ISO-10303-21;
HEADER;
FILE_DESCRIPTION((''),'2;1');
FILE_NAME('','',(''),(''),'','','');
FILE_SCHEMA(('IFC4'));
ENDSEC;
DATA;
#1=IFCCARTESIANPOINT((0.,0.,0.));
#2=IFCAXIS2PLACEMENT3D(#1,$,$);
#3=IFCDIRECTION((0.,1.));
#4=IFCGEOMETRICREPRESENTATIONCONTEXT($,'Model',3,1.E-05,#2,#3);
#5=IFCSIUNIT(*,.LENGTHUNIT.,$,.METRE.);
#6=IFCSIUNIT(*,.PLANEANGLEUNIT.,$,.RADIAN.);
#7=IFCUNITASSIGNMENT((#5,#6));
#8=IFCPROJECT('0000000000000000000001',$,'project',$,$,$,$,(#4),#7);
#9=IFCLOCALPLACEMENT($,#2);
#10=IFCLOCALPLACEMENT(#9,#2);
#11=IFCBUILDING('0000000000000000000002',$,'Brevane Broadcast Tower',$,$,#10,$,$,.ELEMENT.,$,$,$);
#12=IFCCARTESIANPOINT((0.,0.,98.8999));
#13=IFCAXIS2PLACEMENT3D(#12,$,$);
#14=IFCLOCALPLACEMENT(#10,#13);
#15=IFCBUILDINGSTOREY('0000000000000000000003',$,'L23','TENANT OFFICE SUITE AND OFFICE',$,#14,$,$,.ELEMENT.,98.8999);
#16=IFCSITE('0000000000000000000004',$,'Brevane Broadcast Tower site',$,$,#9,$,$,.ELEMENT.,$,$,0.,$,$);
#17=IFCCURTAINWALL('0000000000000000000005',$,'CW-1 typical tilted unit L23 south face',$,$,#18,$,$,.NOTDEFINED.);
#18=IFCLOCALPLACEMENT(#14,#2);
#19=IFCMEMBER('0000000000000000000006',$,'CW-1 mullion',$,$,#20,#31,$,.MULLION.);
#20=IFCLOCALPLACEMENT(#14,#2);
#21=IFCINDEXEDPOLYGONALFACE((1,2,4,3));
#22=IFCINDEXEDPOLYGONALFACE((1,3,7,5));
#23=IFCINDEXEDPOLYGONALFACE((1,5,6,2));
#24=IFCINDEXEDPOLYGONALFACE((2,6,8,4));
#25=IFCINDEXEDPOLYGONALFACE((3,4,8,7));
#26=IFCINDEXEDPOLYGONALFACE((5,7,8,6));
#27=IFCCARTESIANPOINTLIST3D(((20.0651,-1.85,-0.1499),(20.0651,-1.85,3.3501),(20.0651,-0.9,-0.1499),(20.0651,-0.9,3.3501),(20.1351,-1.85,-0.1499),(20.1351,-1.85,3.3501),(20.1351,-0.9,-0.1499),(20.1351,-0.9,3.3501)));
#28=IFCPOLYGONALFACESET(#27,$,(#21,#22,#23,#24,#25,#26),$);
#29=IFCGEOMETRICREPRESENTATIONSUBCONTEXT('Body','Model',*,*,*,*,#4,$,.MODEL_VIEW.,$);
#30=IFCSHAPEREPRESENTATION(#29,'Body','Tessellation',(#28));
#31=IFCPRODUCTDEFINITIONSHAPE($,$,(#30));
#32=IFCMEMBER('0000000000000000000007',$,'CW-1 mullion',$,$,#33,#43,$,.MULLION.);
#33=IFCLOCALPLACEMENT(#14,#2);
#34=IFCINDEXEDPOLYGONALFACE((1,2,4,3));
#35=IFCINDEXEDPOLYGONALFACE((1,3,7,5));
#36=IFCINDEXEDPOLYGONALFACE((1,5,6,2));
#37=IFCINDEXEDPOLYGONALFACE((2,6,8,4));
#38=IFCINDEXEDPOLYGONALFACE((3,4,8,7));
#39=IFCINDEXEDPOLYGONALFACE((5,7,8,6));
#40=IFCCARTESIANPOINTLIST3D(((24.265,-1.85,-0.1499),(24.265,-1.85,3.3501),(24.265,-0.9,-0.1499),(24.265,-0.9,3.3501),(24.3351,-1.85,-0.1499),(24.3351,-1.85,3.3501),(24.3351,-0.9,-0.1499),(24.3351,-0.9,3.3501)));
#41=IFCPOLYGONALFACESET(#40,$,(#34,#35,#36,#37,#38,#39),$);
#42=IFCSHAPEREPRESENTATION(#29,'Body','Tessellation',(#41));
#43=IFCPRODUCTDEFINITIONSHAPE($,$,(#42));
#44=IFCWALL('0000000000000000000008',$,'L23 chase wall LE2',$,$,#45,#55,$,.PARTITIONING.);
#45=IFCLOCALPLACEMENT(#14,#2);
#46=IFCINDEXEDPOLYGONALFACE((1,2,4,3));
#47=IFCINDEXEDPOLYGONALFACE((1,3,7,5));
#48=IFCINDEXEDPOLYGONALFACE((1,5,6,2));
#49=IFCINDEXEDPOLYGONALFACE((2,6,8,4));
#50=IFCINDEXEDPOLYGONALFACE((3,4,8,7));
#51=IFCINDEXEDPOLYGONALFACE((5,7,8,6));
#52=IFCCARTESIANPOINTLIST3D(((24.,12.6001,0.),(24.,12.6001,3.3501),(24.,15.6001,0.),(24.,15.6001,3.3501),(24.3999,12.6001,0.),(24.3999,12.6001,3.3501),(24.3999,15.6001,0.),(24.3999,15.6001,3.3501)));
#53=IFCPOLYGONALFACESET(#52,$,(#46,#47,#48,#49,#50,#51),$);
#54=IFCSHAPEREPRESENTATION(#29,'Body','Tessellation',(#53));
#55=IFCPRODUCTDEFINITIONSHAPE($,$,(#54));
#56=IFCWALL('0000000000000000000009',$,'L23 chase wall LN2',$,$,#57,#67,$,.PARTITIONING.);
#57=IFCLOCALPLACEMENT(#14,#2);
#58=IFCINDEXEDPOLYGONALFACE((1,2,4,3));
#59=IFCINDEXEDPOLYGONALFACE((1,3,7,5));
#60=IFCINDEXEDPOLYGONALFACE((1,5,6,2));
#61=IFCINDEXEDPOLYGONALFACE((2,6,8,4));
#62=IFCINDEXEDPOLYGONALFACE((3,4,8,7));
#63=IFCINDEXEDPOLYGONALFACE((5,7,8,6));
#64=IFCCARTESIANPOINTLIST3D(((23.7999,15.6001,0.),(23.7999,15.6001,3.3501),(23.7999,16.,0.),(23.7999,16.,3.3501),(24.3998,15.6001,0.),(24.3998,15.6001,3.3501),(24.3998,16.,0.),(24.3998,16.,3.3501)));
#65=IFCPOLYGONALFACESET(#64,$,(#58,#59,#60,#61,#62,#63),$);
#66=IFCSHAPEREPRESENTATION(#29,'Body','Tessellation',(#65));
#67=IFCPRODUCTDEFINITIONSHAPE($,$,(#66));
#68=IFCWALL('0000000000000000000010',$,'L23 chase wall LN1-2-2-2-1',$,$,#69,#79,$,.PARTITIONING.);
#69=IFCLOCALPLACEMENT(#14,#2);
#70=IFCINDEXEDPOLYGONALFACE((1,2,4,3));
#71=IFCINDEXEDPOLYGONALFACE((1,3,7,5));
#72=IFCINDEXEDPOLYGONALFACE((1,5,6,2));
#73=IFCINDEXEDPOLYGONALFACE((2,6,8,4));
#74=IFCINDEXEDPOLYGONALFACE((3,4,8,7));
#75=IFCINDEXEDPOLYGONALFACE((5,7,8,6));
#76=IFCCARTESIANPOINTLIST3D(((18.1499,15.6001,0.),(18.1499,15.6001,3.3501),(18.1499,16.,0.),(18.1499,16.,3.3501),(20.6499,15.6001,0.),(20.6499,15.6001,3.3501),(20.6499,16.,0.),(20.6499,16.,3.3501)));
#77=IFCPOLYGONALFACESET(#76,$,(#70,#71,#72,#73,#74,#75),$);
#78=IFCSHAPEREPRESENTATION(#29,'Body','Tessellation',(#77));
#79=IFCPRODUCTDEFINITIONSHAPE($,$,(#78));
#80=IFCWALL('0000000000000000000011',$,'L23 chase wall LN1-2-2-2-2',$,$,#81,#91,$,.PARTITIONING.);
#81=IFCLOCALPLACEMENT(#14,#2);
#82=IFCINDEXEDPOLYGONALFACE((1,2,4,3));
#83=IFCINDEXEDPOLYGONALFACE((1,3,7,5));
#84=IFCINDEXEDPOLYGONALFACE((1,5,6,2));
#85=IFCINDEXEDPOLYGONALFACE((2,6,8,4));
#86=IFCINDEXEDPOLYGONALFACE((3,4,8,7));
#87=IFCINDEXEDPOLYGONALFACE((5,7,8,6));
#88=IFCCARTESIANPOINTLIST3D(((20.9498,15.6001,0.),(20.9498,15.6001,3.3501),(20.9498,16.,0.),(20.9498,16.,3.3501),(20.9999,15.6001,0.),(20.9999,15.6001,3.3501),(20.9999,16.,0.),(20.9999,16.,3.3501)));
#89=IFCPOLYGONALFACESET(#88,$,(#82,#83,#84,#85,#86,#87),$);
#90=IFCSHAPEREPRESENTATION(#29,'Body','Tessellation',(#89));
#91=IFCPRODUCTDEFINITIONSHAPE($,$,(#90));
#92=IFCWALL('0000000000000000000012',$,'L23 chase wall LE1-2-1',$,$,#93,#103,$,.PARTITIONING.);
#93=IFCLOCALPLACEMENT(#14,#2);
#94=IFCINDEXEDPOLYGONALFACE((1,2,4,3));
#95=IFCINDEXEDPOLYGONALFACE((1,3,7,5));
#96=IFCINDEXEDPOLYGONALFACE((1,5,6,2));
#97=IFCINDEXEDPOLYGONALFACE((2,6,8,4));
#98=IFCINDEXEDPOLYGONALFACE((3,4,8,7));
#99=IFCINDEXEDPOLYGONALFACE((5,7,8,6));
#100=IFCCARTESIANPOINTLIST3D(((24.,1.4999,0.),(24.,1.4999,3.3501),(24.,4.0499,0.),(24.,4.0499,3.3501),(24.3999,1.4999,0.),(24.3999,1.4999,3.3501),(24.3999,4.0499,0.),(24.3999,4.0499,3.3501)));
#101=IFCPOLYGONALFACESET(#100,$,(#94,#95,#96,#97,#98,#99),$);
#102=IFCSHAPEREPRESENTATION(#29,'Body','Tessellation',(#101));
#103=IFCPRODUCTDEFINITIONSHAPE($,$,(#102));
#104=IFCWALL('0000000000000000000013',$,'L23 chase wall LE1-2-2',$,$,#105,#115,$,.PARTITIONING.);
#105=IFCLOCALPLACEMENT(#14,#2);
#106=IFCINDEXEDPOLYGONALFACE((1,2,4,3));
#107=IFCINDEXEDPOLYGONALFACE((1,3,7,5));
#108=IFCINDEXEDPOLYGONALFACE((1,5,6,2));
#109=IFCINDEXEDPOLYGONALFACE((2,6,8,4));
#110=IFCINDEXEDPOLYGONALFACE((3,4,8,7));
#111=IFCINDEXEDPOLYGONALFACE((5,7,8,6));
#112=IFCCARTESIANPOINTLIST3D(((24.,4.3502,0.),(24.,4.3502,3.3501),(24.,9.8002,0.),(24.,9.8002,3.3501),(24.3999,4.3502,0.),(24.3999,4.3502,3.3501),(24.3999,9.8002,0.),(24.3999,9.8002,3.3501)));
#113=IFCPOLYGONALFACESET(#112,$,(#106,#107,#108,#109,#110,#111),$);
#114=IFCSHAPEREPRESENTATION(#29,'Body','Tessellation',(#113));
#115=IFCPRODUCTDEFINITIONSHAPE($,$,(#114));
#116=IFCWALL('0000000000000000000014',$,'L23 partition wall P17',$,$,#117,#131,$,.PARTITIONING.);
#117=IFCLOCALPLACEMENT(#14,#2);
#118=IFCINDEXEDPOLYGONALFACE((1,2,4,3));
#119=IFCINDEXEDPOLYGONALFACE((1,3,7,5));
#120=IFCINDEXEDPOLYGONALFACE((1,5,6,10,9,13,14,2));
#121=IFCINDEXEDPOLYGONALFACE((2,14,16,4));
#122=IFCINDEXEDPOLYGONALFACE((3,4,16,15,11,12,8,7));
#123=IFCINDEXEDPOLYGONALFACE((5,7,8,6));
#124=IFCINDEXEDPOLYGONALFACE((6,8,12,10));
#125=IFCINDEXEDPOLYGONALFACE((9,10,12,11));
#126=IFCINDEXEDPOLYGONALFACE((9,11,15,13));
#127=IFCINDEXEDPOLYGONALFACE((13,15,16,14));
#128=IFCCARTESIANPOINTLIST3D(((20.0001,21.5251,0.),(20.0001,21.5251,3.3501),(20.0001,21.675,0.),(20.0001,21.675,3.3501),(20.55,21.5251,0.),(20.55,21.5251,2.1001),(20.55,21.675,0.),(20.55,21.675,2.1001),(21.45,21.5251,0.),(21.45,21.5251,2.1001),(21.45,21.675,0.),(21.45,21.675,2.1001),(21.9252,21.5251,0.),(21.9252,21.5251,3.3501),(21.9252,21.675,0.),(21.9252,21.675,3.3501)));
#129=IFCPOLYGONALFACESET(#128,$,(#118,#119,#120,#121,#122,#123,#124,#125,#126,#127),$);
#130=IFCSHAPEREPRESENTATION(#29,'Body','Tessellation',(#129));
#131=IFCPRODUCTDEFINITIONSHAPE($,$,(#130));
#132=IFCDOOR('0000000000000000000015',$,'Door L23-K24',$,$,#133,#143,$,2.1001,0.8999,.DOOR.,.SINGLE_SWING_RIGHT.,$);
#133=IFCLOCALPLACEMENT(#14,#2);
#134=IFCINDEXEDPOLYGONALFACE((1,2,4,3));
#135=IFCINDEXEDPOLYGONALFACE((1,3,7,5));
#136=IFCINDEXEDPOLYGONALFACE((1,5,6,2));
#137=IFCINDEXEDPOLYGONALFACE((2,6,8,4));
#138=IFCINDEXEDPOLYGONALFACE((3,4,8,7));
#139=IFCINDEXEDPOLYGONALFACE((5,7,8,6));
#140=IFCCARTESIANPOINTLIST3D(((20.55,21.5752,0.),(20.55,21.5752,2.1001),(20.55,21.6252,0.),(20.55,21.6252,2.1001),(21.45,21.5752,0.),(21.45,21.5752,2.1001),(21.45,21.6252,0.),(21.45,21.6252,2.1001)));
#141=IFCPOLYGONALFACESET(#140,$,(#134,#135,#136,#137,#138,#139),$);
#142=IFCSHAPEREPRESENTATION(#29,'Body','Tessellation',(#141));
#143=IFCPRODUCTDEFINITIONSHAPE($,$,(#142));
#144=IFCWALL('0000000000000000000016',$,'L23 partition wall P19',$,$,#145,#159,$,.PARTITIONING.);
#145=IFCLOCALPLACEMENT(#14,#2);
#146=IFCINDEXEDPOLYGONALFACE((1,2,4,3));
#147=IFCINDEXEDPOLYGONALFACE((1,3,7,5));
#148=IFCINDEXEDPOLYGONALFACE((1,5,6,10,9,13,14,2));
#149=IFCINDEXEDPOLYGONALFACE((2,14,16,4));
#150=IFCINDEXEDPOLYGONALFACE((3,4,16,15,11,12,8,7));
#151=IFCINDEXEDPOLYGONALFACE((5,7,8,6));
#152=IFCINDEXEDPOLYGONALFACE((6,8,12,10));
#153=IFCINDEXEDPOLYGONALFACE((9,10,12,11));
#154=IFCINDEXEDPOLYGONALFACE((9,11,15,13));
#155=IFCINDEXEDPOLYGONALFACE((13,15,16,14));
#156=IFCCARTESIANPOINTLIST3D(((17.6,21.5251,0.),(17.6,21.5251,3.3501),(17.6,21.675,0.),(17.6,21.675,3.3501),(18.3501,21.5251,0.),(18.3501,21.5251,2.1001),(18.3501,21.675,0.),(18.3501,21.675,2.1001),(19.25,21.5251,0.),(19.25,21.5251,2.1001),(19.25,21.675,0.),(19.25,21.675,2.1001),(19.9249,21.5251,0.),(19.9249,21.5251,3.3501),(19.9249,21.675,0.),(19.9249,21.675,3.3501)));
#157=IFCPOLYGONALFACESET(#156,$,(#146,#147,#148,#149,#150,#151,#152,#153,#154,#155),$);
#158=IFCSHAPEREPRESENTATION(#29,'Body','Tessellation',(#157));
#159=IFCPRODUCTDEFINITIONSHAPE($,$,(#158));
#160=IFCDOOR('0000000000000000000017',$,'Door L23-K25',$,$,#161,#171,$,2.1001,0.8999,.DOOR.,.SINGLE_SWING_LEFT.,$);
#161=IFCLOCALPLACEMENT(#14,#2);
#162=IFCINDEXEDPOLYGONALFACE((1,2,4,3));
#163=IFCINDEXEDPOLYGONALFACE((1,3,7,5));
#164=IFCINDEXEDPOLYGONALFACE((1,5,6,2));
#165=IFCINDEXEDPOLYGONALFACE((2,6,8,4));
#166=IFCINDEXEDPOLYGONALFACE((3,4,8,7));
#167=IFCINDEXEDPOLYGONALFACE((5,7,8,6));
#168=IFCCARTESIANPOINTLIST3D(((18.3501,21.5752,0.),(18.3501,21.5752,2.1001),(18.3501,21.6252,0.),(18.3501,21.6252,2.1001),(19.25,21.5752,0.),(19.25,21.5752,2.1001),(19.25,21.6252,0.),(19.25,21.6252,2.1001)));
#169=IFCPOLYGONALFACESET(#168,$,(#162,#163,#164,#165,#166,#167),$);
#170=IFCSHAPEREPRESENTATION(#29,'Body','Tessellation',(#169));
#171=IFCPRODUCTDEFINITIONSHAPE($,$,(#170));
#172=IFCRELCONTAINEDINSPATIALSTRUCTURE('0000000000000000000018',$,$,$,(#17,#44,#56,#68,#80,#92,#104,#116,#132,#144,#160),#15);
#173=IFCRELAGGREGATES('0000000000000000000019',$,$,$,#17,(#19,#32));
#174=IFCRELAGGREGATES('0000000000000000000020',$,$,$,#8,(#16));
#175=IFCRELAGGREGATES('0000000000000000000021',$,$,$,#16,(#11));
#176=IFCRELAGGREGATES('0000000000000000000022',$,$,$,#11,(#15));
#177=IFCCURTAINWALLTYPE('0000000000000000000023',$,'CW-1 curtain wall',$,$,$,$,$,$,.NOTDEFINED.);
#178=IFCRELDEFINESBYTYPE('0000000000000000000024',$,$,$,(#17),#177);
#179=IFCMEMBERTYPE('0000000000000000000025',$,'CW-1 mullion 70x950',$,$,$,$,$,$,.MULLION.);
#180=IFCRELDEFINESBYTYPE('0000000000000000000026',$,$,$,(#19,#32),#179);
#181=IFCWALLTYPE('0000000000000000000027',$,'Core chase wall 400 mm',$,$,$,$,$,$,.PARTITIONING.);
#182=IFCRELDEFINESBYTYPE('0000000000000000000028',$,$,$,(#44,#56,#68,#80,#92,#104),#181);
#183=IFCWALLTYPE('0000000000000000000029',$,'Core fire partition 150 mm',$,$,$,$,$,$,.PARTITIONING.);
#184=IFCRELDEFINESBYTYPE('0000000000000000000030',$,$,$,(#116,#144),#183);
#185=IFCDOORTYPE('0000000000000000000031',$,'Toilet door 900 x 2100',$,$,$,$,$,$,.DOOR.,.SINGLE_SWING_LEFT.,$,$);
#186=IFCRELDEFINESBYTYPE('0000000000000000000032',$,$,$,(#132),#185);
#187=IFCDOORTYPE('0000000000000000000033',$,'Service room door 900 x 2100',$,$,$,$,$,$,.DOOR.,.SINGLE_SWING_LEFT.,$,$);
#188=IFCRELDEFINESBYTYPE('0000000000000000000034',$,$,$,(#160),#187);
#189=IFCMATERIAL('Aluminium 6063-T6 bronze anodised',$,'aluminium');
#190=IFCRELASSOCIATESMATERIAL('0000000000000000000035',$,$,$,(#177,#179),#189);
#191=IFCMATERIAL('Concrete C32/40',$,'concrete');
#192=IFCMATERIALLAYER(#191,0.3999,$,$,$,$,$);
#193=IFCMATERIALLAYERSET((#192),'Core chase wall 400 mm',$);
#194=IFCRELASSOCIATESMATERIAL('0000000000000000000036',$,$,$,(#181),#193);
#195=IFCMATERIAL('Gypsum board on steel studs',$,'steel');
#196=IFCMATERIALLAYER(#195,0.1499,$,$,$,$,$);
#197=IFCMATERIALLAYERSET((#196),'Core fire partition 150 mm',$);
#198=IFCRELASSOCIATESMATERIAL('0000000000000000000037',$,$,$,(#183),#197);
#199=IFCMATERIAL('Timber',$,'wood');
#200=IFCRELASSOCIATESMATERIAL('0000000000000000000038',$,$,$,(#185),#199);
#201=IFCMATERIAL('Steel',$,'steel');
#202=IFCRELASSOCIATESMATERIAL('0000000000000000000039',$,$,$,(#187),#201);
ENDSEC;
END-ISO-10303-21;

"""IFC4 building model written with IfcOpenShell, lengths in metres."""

from ifc_helpers import new_model, si_unit, direction, frame, frame_2d, origin, origin_2d, place, context, subcontext, project, spatial, rectangle, extrude, material, layer, layer_set, material_profile, profile_set, type_object, element, fill, aggregate, save


model = new_model("IFC4")

# Units and contexts
model_context = context("Model", 3, precision=1e-05, world=origin(), true_north=direction((0.0, 1.0)))
body_context = subcontext(model_context, "Body", "Model", "MODEL_VIEW")
ifc_project = project(units=[si_unit("LENGTHUNIT", "METRE"), si_unit("PLANEANGLEUNIT", "RADIAN")], contexts=[model_context])

# Site, building, storey
site_placement = place(None, origin())
site = spatial("IfcSite", under=ifc_project, at=site_placement, Name="Brevane Broadcast Tower site", CompositionType="ELEMENT", RefElevation=0.0)
building_placement = place(site_placement, origin())
building = spatial("IfcBuilding", under=site, at=building_placement, Name="Brevane Broadcast Tower", CompositionType="ELEMENT")
storey_placement = place(building_placement, frame((0.0, 0.0, 98.8999)))
storey = spatial("IfcBuildingStorey", under=building, at=storey_placement, Name="L23", Description="TENANT OFFICE SUITE AND OFFICE", CompositionType="ELEMENT", Elevation=98.8999)

# Curtain wall, members
ifc_material_1 = material(Name="Aluminium 6063-T6 bronze anodised", Category="aluminium")
curtain_wall_type = type_object("IfcCurtainWallType", Name="CW-1 curtain wall", PredefinedType="NOTDEFINED", material=ifc_material_1)
curtain_wall_placement = place(storey_placement, origin())
curtain_wall = element("IfcCurtainWall", 1, at=curtain_wall_placement, inside=storey, type_object=curtain_wall_type, Name="CW-1 typical tilted unit L23 south face", PredefinedType="NOTDEFINED")
ifc_material_profile = material_profile(ifc_material_1, rectangle(XDim=0.95, YDim=0.0701, at=origin_2d()), Name="RECT 70x950")
ifc_profile_set = profile_set([ifc_material_profile], Name="Aluminium 6063-T6 bronze anodised")
member_type = type_object("IfcMemberType", Name="CW-1 mullion 70x950", PredefinedType="MULLION", material=ifc_profile_set)
member_1_placement = place(storey_placement, frame((20.1001, -1.375, -0.1499), z_axis=(0.0, 0.0, 1.0), x_axis=(0.0, 1.0, 0.0)))
member_1 = element("IfcMember", 2, at=member_1_placement, type_object=member_type, Name="CW-1 mullion", PredefinedType="MULLION", context=body_context, shape_type="SweptSolid", body=[
    extrude(rectangle(XDim=0.95, YDim=0.0701, at=origin_2d()), origin(), (0.0, 0.0, 1.0), 3.5),
])
member_2_placement = place(storey_placement, frame((24.3, -1.375, -0.1499), z_axis=(0.0, 0.0, 1.0), x_axis=(0.0, 1.0, 0.0)))
member_2 = element("IfcMember", 3, at=member_2_placement, type_object=member_type, Name="CW-1 mullion", PredefinedType="MULLION", context=body_context, shape_type="SweptSolid", body=[
    extrude(rectangle(XDim=0.95, YDim=0.0701, at=origin_2d()), origin(), (0.0, 0.0, 1.0), 3.5),
])
aggregate(curtain_wall, [member_1, member_2])

# Walls
ifc_material_2 = material(Name="Concrete C32/40", Category="concrete")
ifc_layer_1 = layer(ifc_material_2, 0.3999)
ifc_layer_set_1 = layer_set([ifc_layer_1], Name="Core chase wall 400 mm")
wall_type_1 = type_object("IfcWallType", Name="Core chase wall 400 mm", PredefinedType="PARTITIONING", material=ifc_layer_set_1)
wall_1_placement = place(storey_placement, frame((24.2, 12.6001, 0.0), z_axis=(0.0, 0.0, 1.0), x_axis=(0.0, 1.0, 0.0)))
element("IfcWall", 4, at=wall_1_placement, inside=storey, type_object=wall_type_1, Name="L23 chase wall LE2", PredefinedType="PARTITIONING", context=body_context, shape_type="SweptSolid", body=[
    extrude(rectangle(XDim=3.0, YDim=0.3999, at=frame_2d((1.5, 0.0))), origin(), (0.0, 0.0, 1.0), 3.3501),
])
wall_2_placement = place(storey_placement, frame((23.8, 15.8, 0.0), z_axis=(0.0, 0.0, 1.0), x_axis=(1.0, 0.0, 0.0)))
element("IfcWall", 5, at=wall_2_placement, inside=storey, type_object=wall_type_1, Name="L23 chase wall LN2", PredefinedType="PARTITIONING", context=body_context, shape_type="SweptSolid", body=[
    extrude(rectangle(XDim=0.5999, YDim=0.3999, at=frame_2d((0.2998, 0.0))), origin(), (0.0, 0.0, 1.0), 3.3501),
])
wall_3_placement = place(storey_placement, frame((18.1499, 15.8, 0.0), z_axis=(0.0, 0.0, 1.0), x_axis=(1.0, 0.0, 0.0)))
element("IfcWall", 6, at=wall_3_placement, inside=storey, type_object=wall_type_1, Name="L23 chase wall LN1-2-2-2-1", PredefinedType="PARTITIONING", context=body_context, shape_type="SweptSolid", body=[
    extrude(rectangle(XDim=2.5, YDim=0.3999, at=frame_2d((1.25, 0.0))), origin(), (0.0, 0.0, 1.0), 3.3501),
])
wall_4_placement = place(storey_placement, frame((20.95, 15.8, 0.0), z_axis=(0.0, 0.0, 1.0), x_axis=(1.0, 0.0, 0.0)))
element("IfcWall", 7, at=wall_4_placement, inside=storey, type_object=wall_type_1, Name="L23 chase wall LN1-2-2-2-2", PredefinedType="PARTITIONING", context=body_context, shape_type="SweptSolid", body=[
    extrude(rectangle(XDim=0.05, YDim=0.3999, at=frame_2d((0.0249, 0.0))), origin(), (0.0, 0.0, 1.0), 3.3501),
])
wall_5_placement = place(storey_placement, frame((24.2, 1.5, 0.0), z_axis=(0.0, 0.0, 1.0), x_axis=(0.0, 1.0, 0.0)))
element("IfcWall", 8, at=wall_5_placement, inside=storey, type_object=wall_type_1, Name="L23 chase wall LE1-2-1", PredefinedType="PARTITIONING", context=body_context, shape_type="SweptSolid", body=[
    extrude(rectangle(XDim=2.55, YDim=0.3999, at=frame_2d((1.2749, 0.0))), origin(), (0.0, 0.0, 1.0), 3.3501),
])
wall_6_placement = place(storey_placement, frame((24.2, 4.3501, 0.0), z_axis=(0.0, 0.0, 1.0), x_axis=(0.0, 1.0, 0.0)))
element("IfcWall", 9, at=wall_6_placement, inside=storey, type_object=wall_type_1, Name="L23 chase wall LE1-2-2", PredefinedType="PARTITIONING", context=body_context, shape_type="SweptSolid", body=[
    extrude(rectangle(XDim=5.45, YDim=0.3999, at=frame_2d((2.7251, 0.0))), origin(), (0.0, 0.0, 1.0), 3.3501),
])

# Walls, openings, doors
ifc_material_3 = material(Name="Gypsum board on steel studs", Category="steel")
ifc_layer_2 = layer(ifc_material_3, 0.1499)
ifc_layer_set_2 = layer_set([ifc_layer_2], Name="Core fire partition 150 mm")
wall_type_2 = type_object("IfcWallType", Name="Core fire partition 150 mm", PredefinedType="PARTITIONING", material=ifc_layer_set_2)
wall_7_placement = place(storey_placement, frame((21.925, 21.6001, 0.0), z_axis=(0.0, 0.0, 1.0), x_axis=(-1.0, 0.0, 0.0)))
wall_7 = element("IfcWall", 10, at=wall_7_placement, inside=storey, type_object=wall_type_2, Name="L23 partition wall P17", PredefinedType="PARTITIONING", context=body_context, shape_type="SweptSolid", body=[
    extrude(rectangle(XDim=1.925, YDim=0.1499, at=frame_2d((0.9624, 0.0))), origin(), (0.0, 0.0, 1.0), 3.3501),
])
opening_1_placement = place(wall_7_placement, frame((0.4751, 0.0, 0.0)))
opening_1 = element("IfcOpeningElement", 11, at=opening_1_placement, cuts=wall_7, PredefinedType="OPENING", context=body_context, shape_type="SweptSolid", body=[
    extrude(rectangle(XDim=0.8999, YDim=2.1001, at=frame_2d((0.45, 1.05))), frame((0.0, 0.085, 0.0), z_axis=(0.0, -1.0, 0.0), x_axis=(1.0, 0.0, 0.0)), (0.0, 0.0, 1.0), 0.1699),
])
ifc_material_4 = material(Name="Timber", Category="wood")
door_type_1 = type_object("IfcDoorType", Name="Toilet door 900 x 2100", OperationType="SINGLE_SWING_LEFT", PredefinedType="DOOR", material=ifc_material_4)
door_1_placement = place(opening_1_placement, origin())
door_1 = element("IfcDoor", 12, at=door_1_placement, inside=storey, type_object=door_type_1, Name="Door L23-K24", OperationType="SINGLE_SWING_RIGHT", OverallHeight=2.1001, OverallWidth=0.8999, PredefinedType="DOOR", context=body_context, shape_type="SweptSolid", body=[
    extrude(rectangle(XDim=0.8999, YDim=2.1001, at=frame_2d((0.45, 1.05))), frame((0.0, 0.0249, 0.0), z_axis=(0.0, -1.0, 0.0), x_axis=(1.0, 0.0, 0.0)), (0.0, 0.0, 1.0), 0.05),
])
fill(opening_1, door_1)
wall_8_placement = place(storey_placement, frame((19.925, 21.6001, 0.0), z_axis=(0.0, 0.0, 1.0), x_axis=(-1.0, 0.0, 0.0)))
wall_8 = element("IfcWall", 13, at=wall_8_placement, inside=storey, type_object=wall_type_2, Name="L23 partition wall P19", PredefinedType="PARTITIONING", context=body_context, shape_type="SweptSolid", body=[
    extrude(rectangle(XDim=2.325, YDim=0.1499, at=frame_2d((1.1626, 0.0))), origin(), (0.0, 0.0, 1.0), 3.3501),
])
opening_2_placement = place(wall_8_placement, frame((0.675, 0.0, 0.0)))
opening_2 = element("IfcOpeningElement", 14, at=opening_2_placement, cuts=wall_8, PredefinedType="OPENING", context=body_context, shape_type="SweptSolid", body=[
    extrude(rectangle(XDim=0.8999, YDim=2.1001, at=frame_2d((0.45, 1.05))), frame((0.0, 0.085, 0.0), z_axis=(0.0, -1.0, 0.0), x_axis=(1.0, 0.0, 0.0)), (0.0, 0.0, 1.0), 0.1699),
])
ifc_material_5 = material(Name="Steel", Category="steel")
door_type_2 = type_object("IfcDoorType", Name="Service room door 900 x 2100", OperationType="SINGLE_SWING_LEFT", PredefinedType="DOOR", material=ifc_material_5)
door_2_placement = place(opening_2_placement, origin())
door_2 = element("IfcDoor", 15, at=door_2_placement, inside=storey, type_object=door_type_2, Name="Door L23-K25", OperationType="SINGLE_SWING_LEFT", OverallHeight=2.1001, OverallWidth=0.8999, PredefinedType="DOOR", context=body_context, shape_type="SweptSolid", body=[
    extrude(rectangle(XDim=0.8999, YDim=2.1001, at=frame_2d((0.45, 1.05))), frame((0.0, 0.0249, 0.0), z_axis=(0.0, -1.0, 0.0), x_axis=(1.0, 0.0, 0.0)), (0.0, 0.0, 1.0), 0.05),
])
fill(opening_2, door_2)

save(model, "model.ifc")
